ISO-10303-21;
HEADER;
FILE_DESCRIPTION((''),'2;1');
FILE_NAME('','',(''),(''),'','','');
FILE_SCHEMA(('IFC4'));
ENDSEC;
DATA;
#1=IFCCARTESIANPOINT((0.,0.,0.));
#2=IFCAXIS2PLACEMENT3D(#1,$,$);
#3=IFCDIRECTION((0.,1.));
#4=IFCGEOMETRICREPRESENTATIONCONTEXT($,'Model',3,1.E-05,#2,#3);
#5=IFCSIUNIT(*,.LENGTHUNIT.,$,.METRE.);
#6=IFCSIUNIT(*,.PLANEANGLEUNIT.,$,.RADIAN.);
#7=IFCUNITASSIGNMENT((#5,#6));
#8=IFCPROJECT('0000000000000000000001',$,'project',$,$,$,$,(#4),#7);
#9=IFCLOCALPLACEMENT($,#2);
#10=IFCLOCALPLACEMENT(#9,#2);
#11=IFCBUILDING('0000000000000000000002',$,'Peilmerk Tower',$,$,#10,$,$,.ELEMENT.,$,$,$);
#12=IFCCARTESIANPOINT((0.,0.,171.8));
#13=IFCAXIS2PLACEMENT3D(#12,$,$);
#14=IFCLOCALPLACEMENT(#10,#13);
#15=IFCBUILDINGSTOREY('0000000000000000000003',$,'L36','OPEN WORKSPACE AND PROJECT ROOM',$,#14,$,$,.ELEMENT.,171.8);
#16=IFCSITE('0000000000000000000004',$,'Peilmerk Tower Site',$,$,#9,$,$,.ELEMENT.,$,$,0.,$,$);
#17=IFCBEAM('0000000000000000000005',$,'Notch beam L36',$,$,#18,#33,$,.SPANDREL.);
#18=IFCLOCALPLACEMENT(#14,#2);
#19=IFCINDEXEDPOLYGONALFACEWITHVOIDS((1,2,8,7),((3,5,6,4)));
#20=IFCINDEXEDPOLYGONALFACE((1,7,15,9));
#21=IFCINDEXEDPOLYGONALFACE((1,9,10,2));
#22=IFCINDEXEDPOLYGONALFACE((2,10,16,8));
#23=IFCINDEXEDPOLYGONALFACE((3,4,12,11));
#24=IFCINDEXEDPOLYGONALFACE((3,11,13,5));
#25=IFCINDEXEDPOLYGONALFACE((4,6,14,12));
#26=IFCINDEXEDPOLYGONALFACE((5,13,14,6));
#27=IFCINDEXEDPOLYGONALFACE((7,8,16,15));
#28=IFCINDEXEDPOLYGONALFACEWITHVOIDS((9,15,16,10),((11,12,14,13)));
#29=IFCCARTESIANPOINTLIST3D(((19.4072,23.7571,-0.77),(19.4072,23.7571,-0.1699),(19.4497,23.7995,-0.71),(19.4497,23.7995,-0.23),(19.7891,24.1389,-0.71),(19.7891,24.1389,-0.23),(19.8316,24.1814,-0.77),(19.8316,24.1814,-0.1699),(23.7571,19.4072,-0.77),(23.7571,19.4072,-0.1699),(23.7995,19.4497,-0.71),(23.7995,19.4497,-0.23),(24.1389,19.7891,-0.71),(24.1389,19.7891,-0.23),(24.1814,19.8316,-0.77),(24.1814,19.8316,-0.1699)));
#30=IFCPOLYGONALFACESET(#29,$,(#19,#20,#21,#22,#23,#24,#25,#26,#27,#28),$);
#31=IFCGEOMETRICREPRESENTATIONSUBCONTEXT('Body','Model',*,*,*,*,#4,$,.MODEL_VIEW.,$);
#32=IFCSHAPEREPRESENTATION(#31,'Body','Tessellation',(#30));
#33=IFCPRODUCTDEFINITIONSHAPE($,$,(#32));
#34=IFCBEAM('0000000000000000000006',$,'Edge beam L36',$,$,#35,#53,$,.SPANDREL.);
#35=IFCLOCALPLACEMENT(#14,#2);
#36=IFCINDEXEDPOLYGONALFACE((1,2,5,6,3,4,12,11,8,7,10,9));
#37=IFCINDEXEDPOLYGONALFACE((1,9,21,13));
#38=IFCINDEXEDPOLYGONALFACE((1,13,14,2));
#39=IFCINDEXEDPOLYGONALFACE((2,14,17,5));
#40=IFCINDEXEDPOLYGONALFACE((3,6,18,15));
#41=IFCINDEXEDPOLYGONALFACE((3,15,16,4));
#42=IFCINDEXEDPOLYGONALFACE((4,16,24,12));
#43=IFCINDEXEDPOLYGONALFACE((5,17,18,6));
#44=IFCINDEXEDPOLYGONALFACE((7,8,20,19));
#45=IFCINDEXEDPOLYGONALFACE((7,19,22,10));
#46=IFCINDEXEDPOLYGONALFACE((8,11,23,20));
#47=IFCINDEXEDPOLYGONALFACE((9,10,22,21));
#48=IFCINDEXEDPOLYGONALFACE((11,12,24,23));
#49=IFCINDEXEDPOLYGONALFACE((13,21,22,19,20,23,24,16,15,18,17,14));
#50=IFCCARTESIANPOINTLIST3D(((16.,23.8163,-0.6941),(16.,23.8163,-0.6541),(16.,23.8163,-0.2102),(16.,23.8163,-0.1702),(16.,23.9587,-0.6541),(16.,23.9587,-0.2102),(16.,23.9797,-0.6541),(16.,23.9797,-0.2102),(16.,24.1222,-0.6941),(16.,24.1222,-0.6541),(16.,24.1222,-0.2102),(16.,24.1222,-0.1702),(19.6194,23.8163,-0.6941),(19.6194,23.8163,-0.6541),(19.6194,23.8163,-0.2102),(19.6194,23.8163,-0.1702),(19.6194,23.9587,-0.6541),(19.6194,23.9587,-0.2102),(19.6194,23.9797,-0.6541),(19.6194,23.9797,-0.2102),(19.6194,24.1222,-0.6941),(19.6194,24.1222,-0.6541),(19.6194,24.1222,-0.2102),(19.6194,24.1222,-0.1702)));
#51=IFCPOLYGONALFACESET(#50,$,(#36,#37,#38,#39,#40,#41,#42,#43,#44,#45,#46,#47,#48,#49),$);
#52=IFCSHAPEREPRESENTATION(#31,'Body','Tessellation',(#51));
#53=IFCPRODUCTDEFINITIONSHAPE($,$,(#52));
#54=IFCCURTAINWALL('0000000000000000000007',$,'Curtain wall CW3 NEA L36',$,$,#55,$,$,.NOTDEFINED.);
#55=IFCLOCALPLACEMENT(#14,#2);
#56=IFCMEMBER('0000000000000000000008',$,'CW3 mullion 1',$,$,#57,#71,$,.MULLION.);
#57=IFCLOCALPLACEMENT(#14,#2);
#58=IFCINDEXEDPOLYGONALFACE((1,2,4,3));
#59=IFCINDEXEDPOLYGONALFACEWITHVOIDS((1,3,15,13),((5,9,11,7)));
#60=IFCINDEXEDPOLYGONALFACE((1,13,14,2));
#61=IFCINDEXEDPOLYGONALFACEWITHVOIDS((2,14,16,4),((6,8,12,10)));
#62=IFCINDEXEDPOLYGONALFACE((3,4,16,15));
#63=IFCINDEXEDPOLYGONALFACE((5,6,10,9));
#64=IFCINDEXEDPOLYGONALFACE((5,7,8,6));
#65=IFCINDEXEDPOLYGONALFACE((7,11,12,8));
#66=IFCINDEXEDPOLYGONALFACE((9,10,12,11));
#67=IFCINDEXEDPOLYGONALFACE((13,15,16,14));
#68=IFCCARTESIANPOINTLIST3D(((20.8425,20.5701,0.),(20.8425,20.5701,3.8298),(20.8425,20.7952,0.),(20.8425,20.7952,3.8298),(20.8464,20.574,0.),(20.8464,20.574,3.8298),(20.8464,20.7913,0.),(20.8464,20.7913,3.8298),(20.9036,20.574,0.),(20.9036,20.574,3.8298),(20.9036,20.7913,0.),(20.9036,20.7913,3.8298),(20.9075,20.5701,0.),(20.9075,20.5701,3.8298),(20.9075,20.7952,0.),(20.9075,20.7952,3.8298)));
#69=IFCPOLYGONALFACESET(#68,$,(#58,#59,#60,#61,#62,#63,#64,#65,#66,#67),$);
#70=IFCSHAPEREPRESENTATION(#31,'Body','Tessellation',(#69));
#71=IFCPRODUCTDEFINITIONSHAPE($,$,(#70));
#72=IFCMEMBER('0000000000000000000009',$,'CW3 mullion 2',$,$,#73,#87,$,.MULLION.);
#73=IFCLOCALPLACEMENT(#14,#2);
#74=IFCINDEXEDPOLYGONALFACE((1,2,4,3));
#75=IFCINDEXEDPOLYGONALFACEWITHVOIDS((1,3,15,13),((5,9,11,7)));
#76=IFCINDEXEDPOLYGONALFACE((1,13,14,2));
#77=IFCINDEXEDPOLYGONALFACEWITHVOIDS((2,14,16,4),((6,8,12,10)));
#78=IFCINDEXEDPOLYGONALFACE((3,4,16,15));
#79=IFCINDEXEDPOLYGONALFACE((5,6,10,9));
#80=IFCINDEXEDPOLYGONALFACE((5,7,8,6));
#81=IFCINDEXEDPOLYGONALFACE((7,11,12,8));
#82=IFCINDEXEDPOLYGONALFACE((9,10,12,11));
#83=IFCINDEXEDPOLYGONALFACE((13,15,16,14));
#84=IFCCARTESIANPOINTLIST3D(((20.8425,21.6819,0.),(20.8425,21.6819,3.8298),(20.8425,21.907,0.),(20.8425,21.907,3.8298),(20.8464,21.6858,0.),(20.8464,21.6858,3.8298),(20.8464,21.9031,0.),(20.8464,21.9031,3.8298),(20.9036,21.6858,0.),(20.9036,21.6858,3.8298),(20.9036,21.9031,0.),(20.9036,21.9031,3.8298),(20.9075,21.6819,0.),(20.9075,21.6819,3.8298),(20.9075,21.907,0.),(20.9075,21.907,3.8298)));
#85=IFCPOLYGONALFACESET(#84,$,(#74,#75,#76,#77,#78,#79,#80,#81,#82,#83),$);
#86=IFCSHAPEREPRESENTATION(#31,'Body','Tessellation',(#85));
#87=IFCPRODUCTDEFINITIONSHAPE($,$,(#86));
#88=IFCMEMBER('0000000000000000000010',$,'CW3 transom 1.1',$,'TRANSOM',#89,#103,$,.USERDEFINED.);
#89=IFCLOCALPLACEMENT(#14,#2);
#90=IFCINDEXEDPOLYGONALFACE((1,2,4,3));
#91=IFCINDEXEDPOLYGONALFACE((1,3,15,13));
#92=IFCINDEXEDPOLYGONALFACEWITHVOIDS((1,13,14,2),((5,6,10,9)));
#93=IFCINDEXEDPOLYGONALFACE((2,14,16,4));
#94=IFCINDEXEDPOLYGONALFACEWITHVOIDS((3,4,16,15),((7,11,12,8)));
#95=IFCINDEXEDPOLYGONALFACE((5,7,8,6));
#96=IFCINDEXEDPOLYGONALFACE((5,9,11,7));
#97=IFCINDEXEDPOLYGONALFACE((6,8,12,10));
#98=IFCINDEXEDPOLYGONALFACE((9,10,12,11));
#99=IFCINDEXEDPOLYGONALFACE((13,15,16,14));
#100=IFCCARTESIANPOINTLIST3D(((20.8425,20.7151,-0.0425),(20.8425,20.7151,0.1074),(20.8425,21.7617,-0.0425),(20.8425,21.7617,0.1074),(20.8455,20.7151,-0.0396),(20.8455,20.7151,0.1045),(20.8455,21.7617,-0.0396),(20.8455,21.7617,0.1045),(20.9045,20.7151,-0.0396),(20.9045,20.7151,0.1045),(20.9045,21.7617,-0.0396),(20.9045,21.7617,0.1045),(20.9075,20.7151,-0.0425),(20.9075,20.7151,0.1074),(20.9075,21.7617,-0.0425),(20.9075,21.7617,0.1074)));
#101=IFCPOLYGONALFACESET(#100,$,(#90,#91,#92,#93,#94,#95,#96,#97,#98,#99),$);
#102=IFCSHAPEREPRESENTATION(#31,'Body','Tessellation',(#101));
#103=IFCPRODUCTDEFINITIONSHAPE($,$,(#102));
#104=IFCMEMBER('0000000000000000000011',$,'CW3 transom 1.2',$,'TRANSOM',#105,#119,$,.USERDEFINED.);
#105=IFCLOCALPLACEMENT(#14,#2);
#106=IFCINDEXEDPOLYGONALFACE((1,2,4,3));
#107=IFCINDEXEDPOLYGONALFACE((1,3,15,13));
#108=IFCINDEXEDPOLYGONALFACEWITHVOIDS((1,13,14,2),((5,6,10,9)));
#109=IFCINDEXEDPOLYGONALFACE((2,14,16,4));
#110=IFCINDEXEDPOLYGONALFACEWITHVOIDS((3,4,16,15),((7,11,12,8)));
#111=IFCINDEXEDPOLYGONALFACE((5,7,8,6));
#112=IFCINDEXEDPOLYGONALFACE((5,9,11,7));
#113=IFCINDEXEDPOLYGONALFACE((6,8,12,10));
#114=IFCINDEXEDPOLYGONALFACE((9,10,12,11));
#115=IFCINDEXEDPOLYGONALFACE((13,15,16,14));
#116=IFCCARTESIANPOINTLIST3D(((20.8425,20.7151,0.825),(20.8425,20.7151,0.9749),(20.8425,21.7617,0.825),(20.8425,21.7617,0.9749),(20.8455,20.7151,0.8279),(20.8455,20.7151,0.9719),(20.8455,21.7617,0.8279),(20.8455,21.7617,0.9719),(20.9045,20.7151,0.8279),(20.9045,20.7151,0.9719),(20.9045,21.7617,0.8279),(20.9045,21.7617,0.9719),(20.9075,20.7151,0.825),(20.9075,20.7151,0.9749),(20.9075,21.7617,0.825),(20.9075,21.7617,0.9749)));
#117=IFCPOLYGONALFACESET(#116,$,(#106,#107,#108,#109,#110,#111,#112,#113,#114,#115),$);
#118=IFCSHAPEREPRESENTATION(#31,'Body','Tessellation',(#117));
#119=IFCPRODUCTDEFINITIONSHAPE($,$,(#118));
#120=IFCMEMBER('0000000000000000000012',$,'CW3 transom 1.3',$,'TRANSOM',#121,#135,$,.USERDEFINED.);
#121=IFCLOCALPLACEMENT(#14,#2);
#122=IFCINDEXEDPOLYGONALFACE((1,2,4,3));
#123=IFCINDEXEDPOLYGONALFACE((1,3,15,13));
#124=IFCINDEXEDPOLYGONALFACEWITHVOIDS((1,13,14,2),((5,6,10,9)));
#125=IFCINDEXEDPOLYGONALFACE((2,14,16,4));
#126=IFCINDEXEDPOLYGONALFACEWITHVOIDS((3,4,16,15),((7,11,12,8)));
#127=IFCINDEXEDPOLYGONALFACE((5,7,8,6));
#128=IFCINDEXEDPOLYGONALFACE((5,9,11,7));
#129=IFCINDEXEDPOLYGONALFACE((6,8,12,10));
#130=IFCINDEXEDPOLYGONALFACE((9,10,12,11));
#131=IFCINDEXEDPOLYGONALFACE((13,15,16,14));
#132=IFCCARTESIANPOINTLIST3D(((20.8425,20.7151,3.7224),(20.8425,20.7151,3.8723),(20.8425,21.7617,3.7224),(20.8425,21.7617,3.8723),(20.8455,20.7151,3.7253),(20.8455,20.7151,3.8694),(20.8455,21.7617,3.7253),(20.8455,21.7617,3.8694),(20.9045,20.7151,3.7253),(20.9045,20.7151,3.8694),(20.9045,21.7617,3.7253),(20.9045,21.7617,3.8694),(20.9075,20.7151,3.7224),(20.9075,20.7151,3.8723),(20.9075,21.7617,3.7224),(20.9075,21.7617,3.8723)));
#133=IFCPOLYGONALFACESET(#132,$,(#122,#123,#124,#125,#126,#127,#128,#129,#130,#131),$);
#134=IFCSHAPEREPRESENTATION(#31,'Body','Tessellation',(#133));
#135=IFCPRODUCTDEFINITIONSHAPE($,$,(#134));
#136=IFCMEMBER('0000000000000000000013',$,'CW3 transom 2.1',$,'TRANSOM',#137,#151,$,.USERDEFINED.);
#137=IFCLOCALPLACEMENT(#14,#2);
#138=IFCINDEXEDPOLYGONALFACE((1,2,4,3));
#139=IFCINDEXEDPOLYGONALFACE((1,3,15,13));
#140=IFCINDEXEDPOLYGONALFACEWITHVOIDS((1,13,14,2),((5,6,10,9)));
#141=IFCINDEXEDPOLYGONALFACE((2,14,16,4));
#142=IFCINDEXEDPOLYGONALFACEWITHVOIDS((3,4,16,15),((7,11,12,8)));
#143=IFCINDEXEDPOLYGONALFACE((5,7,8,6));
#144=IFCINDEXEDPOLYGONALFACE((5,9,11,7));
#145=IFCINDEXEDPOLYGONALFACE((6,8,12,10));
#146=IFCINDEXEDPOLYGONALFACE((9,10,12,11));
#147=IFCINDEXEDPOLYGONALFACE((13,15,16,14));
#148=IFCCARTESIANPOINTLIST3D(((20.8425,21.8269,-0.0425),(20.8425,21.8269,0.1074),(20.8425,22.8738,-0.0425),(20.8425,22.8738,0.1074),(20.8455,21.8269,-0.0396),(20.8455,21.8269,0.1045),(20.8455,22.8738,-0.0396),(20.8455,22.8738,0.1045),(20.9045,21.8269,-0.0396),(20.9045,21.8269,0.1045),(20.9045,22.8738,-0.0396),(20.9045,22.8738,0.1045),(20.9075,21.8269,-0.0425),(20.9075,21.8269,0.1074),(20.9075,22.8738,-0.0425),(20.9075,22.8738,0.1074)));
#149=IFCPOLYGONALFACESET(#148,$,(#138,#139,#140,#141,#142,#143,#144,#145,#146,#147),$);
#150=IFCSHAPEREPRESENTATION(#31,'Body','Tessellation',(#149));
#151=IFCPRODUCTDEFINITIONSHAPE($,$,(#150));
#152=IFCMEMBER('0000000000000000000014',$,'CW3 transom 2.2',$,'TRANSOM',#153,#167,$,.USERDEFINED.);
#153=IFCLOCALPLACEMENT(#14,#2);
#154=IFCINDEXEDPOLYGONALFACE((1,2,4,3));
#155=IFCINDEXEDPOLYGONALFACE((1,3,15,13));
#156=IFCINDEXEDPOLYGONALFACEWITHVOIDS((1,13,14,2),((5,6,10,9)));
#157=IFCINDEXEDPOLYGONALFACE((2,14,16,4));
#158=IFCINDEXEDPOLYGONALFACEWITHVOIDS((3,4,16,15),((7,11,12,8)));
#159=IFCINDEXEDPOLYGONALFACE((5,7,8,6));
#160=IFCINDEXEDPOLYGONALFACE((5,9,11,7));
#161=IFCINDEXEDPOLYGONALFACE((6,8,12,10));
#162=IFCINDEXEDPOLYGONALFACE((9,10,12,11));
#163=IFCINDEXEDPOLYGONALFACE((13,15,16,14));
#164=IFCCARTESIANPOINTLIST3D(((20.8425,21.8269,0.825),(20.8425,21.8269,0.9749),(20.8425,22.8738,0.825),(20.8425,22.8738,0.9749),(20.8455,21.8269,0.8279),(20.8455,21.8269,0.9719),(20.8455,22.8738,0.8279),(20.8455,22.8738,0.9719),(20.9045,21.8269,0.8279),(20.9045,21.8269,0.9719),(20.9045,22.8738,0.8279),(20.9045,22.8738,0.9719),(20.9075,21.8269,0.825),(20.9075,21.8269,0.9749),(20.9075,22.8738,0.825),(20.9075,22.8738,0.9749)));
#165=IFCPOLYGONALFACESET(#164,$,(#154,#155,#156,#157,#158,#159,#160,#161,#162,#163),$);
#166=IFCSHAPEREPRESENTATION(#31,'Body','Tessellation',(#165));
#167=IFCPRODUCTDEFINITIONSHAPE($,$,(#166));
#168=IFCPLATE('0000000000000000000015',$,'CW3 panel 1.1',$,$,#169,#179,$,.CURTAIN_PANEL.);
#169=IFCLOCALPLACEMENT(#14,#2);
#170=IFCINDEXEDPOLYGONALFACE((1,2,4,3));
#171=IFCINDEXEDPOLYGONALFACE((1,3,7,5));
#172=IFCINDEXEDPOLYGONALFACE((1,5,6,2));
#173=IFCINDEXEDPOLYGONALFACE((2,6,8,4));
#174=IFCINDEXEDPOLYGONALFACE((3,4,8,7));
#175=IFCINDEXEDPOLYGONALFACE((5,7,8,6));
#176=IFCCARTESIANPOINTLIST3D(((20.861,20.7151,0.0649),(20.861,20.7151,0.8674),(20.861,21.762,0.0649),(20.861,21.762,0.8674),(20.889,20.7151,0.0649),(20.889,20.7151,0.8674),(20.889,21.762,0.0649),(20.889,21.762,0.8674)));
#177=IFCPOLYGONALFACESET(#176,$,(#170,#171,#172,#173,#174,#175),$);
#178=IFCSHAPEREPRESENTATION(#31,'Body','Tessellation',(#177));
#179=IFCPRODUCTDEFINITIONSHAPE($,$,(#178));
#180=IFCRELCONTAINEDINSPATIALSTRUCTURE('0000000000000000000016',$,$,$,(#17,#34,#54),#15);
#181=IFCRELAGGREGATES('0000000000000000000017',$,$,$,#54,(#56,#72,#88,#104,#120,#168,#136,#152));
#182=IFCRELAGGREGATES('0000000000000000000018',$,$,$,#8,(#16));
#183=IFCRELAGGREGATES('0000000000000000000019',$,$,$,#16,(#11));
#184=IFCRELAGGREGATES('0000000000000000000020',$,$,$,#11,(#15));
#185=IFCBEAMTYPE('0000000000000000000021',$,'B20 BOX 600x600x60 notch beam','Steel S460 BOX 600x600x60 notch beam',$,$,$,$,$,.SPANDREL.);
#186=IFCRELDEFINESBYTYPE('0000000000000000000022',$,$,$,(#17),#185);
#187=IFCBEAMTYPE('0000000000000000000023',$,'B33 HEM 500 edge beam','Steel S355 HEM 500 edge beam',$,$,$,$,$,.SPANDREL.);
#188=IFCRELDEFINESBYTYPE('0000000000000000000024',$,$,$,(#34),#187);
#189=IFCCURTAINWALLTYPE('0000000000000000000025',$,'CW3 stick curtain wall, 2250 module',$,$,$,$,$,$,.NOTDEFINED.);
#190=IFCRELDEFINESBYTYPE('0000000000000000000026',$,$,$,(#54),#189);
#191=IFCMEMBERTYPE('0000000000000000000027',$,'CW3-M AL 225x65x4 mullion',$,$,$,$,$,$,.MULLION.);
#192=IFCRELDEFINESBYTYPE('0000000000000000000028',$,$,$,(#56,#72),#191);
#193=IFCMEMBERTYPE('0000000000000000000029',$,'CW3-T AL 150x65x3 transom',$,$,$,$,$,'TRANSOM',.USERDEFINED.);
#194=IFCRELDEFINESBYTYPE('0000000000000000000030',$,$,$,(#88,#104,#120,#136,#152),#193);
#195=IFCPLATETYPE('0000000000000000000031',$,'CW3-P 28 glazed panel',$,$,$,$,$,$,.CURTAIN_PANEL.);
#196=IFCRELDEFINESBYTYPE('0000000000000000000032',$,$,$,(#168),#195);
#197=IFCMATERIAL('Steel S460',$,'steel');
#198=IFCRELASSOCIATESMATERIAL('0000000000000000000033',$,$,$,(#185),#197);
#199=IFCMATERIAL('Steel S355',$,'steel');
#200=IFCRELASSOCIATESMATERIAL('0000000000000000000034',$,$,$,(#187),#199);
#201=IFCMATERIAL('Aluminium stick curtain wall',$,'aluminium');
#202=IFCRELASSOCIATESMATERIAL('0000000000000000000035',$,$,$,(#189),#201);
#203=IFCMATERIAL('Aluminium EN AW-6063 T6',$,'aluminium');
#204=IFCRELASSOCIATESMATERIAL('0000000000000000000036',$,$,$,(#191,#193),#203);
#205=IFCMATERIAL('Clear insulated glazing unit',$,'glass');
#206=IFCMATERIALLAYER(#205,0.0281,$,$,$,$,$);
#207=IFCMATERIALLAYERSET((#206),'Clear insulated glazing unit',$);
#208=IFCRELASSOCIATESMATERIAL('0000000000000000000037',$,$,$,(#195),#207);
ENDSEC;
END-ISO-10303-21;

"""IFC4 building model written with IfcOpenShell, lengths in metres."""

from ifc_helpers import new_model, si_unit, direction, frame, origin, origin_2d, place, context, subcontext, project, spatial, rectangle, hollow_rectangle, i_section, extrude, material, layer, layer_set, material_profile, profile_set, type_object, element, aggregate, save


model = new_model("IFC4")

# Units and contexts
model_context = context("Model", 3, precision=1e-05, world=origin(), true_north=direction((0.0, 1.0)))
body_context = subcontext(model_context, "Body", "Model", "MODEL_VIEW")
ifc_project = project(units=[si_unit("LENGTHUNIT", "METRE"), si_unit("PLANEANGLEUNIT", "RADIAN")], contexts=[model_context])

# Site, building, storey
site_placement = place(None, origin())
site = spatial("IfcSite", under=ifc_project, at=site_placement, Name="Peilmerk Tower Site", CompositionType="ELEMENT", RefElevation=0.0)
building_placement = place(site_placement, origin())
building = spatial("IfcBuilding", under=site, at=building_placement, Name="Peilmerk Tower", CompositionType="ELEMENT")
storey_placement = place(building_placement, frame((0.0, 0.0, 171.8)))
storey = spatial("IfcBuildingStorey", under=building, at=storey_placement, Name="L36", Description="OPEN WORKSPACE AND PROJECT ROOM", CompositionType="ELEMENT", Elevation=171.8)

# Shared definitions
ifc_material_1 = material(Name="Steel S460", Category="steel")

# Beams
ifc_material_2 = material(Name="Steel S355", Category="steel")
ifc_material_profile_1 = material_profile(ifc_material_1, hollow_rectangle(XDim=0.6001, YDim=0.6001, WallThickness=0.0601, at=origin_2d()), Name="BOX 600x600x60")
ifc_profile_set_1 = profile_set([ifc_material_profile_1], Name="Steel S460")
beam_type_1 = type_object("IfcBeamType", Name="B20 BOX 600x600x60 notch beam", Description="Steel S460 BOX 600x600x60 notch beam", PredefinedType="SPANDREL", material=ifc_profile_set_1)
beam_1_placement = place(storey_placement, frame((19.6194, 23.9692, -0.47), z_axis=(0.707107, -0.707107, 0.0), x_axis=(0.707107, 0.707107, 0.0)))
element("IfcBeam", 1, at=beam_1_placement, inside=storey, type_object=beam_type_1, Name="Notch beam L36", PredefinedType="SPANDREL", context=body_context, shape_type="SweptSolid", body=[
    extrude(hollow_rectangle(XDim=0.6001, YDim=0.6001, WallThickness=0.0601, at=origin_2d()), origin(), (0.0, 0.0, 1.0), 6.1516),
])
ifc_material_profile_2 = material_profile(ifc_material_2, i_section(OverallWidth=0.3059, OverallDepth=0.5239, WebThickness=0.021, FlangeThickness=0.04, at=origin_2d()), Name="HEM 500")
ifc_profile_set_2 = profile_set([ifc_material_profile_2], Name="Steel S355")
beam_type_2 = type_object("IfcBeamType", Name="B33 HEM 500 edge beam", Description="Steel S355 HEM 500 edge beam", PredefinedType="SPANDREL", material=ifc_profile_set_2)
beam_2_placement = place(storey_placement, frame((19.6194, 23.9692, -0.4321), z_axis=(-1.0, 0.0, 0.0), x_axis=(0.0, -1.0, 0.0)))
element("IfcBeam", 2, at=beam_2_placement, inside=storey, type_object=beam_type_2, Name="Edge beam L36", PredefinedType="SPANDREL", context=body_context, shape_type="SweptSolid", body=[
    extrude(i_section(OverallWidth=0.3059, OverallDepth=0.5239, WebThickness=0.021, FlangeThickness=0.04, at=origin_2d()), origin(), (0.0, 0.0, 1.0), 3.6194),
])

# Curtain wall, members, plate
ifc_material_3 = material(Name="Aluminium stick curtain wall", Category="aluminium")
curtain_wall_type = type_object("IfcCurtainWallType", Name="CW3 stick curtain wall, 2250 module", PredefinedType="NOTDEFINED", material=ifc_material_3)
curtain_wall_placement = place(storey_placement, origin())
curtain_wall = element("IfcCurtainWall", 3, at=curtain_wall_placement, inside=storey, type_object=curtain_wall_type, Name="Curtain wall CW3 NEA L36", PredefinedType="NOTDEFINED")
ifc_material_4 = material(Name="Aluminium EN AW-6063 T6", Category="aluminium")
ifc_material_profile_3 = material_profile(ifc_material_4, hollow_rectangle(XDim=0.0649, YDim=0.2251, WallThickness=0.0039, at=origin_2d()), Name="AL 225x65x4")
ifc_profile_set_3 = profile_set([ifc_material_profile_3], Name="Aluminium EN AW-6063 T6")
member_type_1 = type_object("IfcMemberType", Name="CW3-M AL 225x65x4 mullion", PredefinedType="MULLION", material=ifc_profile_set_3)
member_1_placement = place(storey_placement, frame((20.875, 20.6826, 0.0), z_axis=(0.0, 0.0, 1.0), x_axis=(-1.0, 0.0, 0.0)))
member_1 = element("IfcMember", 4, at=member_1_placement, type_object=member_type_1, Name="CW3 mullion 1", PredefinedType="MULLION", context=body_context, shape_type="SweptSolid", body=[
    extrude(hollow_rectangle(XDim=0.0649, YDim=0.2251, WallThickness=0.0039, at=origin_2d()), origin(), (0.0, 0.0, 1.0), 3.8298),
])
member_2_placement = place(storey_placement, frame((20.875, 21.7944, 0.0), z_axis=(0.0, 0.0, 1.0), x_axis=(-1.0, 0.0, 0.0)))
member_2 = element("IfcMember", 5, at=member_2_placement, type_object=member_type_1, Name="CW3 mullion 2", PredefinedType="MULLION", context=body_context, shape_type="SweptSolid", body=[
    extrude(hollow_rectangle(XDim=0.0649, YDim=0.2251, WallThickness=0.0039, at=origin_2d()), origin(), (0.0, 0.0, 1.0), 3.8298),
])
ifc_material_profile_4 = material_profile(ifc_material_4, hollow_rectangle(XDim=0.0649, YDim=0.1499, WallThickness=0.0029, at=origin_2d()), Name="AL 150x65x3")
ifc_profile_set_4 = profile_set([ifc_material_profile_4], Name="Aluminium EN AW-6063 T6")
member_type_2 = type_object("IfcMemberType", Name="CW3-T AL 150x65x3 transom", ElementType="TRANSOM", PredefinedType="USERDEFINED", material=ifc_profile_set_4)
member_3_placement = place(storey_placement, frame((20.875, 20.7151, 0.0325), z_axis=(0.0, 1.0, 0.0), x_axis=(-1.0, 0.0, 0.0)))
member_3 = element("IfcMember", 6, at=member_3_placement, type_object=member_type_2, Name="CW3 transom 1.1", ObjectType="TRANSOM", PredefinedType="USERDEFINED", context=body_context, shape_type="SweptSolid", body=[
    extrude(hollow_rectangle(XDim=0.0649, YDim=0.1499, WallThickness=0.0029, at=origin_2d()), origin(), (0.0, 0.0, 1.0), 1.0466),
])
member_4_placement = place(storey_placement, frame((20.875, 20.7151, 0.8999), z_axis=(0.0, 1.0, 0.0), x_axis=(-1.0, 0.0, 0.0)))
member_4 = element("IfcMember", 7, at=member_4_placement, type_object=member_type_2, Name="CW3 transom 1.2", ObjectType="TRANSOM", PredefinedType="USERDEFINED", context=body_context, shape_type="SweptSolid", body=[
    extrude(hollow_rectangle(XDim=0.0649, YDim=0.1499, WallThickness=0.0029, at=origin_2d()), origin(), (0.0, 0.0, 1.0), 1.0466),
])
member_5_placement = place(storey_placement, frame((20.875, 20.7151, 3.7974), z_axis=(0.0, 1.0, 0.0), x_axis=(-1.0, 0.0, 0.0)))
member_5 = element("IfcMember", 8, at=member_5_placement, type_object=member_type_2, Name="CW3 transom 1.3", ObjectType="TRANSOM", PredefinedType="USERDEFINED", context=body_context, shape_type="SweptSolid", body=[
    extrude(hollow_rectangle(XDim=0.0649, YDim=0.1499, WallThickness=0.0029, at=origin_2d()), origin(), (0.0, 0.0, 1.0), 1.0466),
])
member_6_placement = place(storey_placement, frame((20.875, 21.8269, 0.0325), z_axis=(0.0, 1.0, 0.0), x_axis=(-1.0, 0.0, 0.0)))
member_6 = element("IfcMember", 9, at=member_6_placement, type_object=member_type_2, Name="CW3 transom 2.1", ObjectType="TRANSOM", PredefinedType="USERDEFINED", context=body_context, shape_type="SweptSolid", body=[
    extrude(hollow_rectangle(XDim=0.0649, YDim=0.1499, WallThickness=0.0029, at=origin_2d()), origin(), (0.0, 0.0, 1.0), 1.0469),
])
member_7_placement = place(storey_placement, frame((20.875, 21.8269, 0.8999), z_axis=(0.0, 1.0, 0.0), x_axis=(-1.0, 0.0, 0.0)))
member_7 = element("IfcMember", 10, at=member_7_placement, type_object=member_type_2, Name="CW3 transom 2.2", ObjectType="TRANSOM", PredefinedType="USERDEFINED", context=body_context, shape_type="SweptSolid", body=[
    extrude(hollow_rectangle(XDim=0.0649, YDim=0.1499, WallThickness=0.0029, at=origin_2d()), origin(), (0.0, 0.0, 1.0), 1.0469),
])
ifc_material_5 = material(Name="Clear insulated glazing unit", Category="glass")
ifc_layer_1 = layer(ifc_material_5, 0.0281)
ifc_layer_set_1 = layer_set([ifc_layer_1], Name="Clear insulated glazing unit")
plate_type = type_object("IfcPlateType", Name="CW3-P 28 glazed panel", PredefinedType="CURTAIN_PANEL", material=ifc_layer_set_1)
plate_1_placement = place(storey_placement, frame((20.875, 21.2385, 0.0649), z_axis=(0.0, 0.0, 1.0), x_axis=(0.0, 1.0, 0.0)))
plate_1 = element("IfcPlate", 11, at=plate_1_placement, type_object=plate_type, Name="CW3 panel 1.1", PredefinedType="CURTAIN_PANEL", context=body_context, shape_type="SweptSolid", body=[
    extrude(rectangle(XDim=1.0469, YDim=0.0281, at=origin_2d()), origin(), (0.0, 0.0, 1.0), 0.8025),
])
aggregate(curtain_wall, [member_1, member_2, member_3, member_4, member_5, plate_1, member_6, member_7])

save(model, "model.ifc")
